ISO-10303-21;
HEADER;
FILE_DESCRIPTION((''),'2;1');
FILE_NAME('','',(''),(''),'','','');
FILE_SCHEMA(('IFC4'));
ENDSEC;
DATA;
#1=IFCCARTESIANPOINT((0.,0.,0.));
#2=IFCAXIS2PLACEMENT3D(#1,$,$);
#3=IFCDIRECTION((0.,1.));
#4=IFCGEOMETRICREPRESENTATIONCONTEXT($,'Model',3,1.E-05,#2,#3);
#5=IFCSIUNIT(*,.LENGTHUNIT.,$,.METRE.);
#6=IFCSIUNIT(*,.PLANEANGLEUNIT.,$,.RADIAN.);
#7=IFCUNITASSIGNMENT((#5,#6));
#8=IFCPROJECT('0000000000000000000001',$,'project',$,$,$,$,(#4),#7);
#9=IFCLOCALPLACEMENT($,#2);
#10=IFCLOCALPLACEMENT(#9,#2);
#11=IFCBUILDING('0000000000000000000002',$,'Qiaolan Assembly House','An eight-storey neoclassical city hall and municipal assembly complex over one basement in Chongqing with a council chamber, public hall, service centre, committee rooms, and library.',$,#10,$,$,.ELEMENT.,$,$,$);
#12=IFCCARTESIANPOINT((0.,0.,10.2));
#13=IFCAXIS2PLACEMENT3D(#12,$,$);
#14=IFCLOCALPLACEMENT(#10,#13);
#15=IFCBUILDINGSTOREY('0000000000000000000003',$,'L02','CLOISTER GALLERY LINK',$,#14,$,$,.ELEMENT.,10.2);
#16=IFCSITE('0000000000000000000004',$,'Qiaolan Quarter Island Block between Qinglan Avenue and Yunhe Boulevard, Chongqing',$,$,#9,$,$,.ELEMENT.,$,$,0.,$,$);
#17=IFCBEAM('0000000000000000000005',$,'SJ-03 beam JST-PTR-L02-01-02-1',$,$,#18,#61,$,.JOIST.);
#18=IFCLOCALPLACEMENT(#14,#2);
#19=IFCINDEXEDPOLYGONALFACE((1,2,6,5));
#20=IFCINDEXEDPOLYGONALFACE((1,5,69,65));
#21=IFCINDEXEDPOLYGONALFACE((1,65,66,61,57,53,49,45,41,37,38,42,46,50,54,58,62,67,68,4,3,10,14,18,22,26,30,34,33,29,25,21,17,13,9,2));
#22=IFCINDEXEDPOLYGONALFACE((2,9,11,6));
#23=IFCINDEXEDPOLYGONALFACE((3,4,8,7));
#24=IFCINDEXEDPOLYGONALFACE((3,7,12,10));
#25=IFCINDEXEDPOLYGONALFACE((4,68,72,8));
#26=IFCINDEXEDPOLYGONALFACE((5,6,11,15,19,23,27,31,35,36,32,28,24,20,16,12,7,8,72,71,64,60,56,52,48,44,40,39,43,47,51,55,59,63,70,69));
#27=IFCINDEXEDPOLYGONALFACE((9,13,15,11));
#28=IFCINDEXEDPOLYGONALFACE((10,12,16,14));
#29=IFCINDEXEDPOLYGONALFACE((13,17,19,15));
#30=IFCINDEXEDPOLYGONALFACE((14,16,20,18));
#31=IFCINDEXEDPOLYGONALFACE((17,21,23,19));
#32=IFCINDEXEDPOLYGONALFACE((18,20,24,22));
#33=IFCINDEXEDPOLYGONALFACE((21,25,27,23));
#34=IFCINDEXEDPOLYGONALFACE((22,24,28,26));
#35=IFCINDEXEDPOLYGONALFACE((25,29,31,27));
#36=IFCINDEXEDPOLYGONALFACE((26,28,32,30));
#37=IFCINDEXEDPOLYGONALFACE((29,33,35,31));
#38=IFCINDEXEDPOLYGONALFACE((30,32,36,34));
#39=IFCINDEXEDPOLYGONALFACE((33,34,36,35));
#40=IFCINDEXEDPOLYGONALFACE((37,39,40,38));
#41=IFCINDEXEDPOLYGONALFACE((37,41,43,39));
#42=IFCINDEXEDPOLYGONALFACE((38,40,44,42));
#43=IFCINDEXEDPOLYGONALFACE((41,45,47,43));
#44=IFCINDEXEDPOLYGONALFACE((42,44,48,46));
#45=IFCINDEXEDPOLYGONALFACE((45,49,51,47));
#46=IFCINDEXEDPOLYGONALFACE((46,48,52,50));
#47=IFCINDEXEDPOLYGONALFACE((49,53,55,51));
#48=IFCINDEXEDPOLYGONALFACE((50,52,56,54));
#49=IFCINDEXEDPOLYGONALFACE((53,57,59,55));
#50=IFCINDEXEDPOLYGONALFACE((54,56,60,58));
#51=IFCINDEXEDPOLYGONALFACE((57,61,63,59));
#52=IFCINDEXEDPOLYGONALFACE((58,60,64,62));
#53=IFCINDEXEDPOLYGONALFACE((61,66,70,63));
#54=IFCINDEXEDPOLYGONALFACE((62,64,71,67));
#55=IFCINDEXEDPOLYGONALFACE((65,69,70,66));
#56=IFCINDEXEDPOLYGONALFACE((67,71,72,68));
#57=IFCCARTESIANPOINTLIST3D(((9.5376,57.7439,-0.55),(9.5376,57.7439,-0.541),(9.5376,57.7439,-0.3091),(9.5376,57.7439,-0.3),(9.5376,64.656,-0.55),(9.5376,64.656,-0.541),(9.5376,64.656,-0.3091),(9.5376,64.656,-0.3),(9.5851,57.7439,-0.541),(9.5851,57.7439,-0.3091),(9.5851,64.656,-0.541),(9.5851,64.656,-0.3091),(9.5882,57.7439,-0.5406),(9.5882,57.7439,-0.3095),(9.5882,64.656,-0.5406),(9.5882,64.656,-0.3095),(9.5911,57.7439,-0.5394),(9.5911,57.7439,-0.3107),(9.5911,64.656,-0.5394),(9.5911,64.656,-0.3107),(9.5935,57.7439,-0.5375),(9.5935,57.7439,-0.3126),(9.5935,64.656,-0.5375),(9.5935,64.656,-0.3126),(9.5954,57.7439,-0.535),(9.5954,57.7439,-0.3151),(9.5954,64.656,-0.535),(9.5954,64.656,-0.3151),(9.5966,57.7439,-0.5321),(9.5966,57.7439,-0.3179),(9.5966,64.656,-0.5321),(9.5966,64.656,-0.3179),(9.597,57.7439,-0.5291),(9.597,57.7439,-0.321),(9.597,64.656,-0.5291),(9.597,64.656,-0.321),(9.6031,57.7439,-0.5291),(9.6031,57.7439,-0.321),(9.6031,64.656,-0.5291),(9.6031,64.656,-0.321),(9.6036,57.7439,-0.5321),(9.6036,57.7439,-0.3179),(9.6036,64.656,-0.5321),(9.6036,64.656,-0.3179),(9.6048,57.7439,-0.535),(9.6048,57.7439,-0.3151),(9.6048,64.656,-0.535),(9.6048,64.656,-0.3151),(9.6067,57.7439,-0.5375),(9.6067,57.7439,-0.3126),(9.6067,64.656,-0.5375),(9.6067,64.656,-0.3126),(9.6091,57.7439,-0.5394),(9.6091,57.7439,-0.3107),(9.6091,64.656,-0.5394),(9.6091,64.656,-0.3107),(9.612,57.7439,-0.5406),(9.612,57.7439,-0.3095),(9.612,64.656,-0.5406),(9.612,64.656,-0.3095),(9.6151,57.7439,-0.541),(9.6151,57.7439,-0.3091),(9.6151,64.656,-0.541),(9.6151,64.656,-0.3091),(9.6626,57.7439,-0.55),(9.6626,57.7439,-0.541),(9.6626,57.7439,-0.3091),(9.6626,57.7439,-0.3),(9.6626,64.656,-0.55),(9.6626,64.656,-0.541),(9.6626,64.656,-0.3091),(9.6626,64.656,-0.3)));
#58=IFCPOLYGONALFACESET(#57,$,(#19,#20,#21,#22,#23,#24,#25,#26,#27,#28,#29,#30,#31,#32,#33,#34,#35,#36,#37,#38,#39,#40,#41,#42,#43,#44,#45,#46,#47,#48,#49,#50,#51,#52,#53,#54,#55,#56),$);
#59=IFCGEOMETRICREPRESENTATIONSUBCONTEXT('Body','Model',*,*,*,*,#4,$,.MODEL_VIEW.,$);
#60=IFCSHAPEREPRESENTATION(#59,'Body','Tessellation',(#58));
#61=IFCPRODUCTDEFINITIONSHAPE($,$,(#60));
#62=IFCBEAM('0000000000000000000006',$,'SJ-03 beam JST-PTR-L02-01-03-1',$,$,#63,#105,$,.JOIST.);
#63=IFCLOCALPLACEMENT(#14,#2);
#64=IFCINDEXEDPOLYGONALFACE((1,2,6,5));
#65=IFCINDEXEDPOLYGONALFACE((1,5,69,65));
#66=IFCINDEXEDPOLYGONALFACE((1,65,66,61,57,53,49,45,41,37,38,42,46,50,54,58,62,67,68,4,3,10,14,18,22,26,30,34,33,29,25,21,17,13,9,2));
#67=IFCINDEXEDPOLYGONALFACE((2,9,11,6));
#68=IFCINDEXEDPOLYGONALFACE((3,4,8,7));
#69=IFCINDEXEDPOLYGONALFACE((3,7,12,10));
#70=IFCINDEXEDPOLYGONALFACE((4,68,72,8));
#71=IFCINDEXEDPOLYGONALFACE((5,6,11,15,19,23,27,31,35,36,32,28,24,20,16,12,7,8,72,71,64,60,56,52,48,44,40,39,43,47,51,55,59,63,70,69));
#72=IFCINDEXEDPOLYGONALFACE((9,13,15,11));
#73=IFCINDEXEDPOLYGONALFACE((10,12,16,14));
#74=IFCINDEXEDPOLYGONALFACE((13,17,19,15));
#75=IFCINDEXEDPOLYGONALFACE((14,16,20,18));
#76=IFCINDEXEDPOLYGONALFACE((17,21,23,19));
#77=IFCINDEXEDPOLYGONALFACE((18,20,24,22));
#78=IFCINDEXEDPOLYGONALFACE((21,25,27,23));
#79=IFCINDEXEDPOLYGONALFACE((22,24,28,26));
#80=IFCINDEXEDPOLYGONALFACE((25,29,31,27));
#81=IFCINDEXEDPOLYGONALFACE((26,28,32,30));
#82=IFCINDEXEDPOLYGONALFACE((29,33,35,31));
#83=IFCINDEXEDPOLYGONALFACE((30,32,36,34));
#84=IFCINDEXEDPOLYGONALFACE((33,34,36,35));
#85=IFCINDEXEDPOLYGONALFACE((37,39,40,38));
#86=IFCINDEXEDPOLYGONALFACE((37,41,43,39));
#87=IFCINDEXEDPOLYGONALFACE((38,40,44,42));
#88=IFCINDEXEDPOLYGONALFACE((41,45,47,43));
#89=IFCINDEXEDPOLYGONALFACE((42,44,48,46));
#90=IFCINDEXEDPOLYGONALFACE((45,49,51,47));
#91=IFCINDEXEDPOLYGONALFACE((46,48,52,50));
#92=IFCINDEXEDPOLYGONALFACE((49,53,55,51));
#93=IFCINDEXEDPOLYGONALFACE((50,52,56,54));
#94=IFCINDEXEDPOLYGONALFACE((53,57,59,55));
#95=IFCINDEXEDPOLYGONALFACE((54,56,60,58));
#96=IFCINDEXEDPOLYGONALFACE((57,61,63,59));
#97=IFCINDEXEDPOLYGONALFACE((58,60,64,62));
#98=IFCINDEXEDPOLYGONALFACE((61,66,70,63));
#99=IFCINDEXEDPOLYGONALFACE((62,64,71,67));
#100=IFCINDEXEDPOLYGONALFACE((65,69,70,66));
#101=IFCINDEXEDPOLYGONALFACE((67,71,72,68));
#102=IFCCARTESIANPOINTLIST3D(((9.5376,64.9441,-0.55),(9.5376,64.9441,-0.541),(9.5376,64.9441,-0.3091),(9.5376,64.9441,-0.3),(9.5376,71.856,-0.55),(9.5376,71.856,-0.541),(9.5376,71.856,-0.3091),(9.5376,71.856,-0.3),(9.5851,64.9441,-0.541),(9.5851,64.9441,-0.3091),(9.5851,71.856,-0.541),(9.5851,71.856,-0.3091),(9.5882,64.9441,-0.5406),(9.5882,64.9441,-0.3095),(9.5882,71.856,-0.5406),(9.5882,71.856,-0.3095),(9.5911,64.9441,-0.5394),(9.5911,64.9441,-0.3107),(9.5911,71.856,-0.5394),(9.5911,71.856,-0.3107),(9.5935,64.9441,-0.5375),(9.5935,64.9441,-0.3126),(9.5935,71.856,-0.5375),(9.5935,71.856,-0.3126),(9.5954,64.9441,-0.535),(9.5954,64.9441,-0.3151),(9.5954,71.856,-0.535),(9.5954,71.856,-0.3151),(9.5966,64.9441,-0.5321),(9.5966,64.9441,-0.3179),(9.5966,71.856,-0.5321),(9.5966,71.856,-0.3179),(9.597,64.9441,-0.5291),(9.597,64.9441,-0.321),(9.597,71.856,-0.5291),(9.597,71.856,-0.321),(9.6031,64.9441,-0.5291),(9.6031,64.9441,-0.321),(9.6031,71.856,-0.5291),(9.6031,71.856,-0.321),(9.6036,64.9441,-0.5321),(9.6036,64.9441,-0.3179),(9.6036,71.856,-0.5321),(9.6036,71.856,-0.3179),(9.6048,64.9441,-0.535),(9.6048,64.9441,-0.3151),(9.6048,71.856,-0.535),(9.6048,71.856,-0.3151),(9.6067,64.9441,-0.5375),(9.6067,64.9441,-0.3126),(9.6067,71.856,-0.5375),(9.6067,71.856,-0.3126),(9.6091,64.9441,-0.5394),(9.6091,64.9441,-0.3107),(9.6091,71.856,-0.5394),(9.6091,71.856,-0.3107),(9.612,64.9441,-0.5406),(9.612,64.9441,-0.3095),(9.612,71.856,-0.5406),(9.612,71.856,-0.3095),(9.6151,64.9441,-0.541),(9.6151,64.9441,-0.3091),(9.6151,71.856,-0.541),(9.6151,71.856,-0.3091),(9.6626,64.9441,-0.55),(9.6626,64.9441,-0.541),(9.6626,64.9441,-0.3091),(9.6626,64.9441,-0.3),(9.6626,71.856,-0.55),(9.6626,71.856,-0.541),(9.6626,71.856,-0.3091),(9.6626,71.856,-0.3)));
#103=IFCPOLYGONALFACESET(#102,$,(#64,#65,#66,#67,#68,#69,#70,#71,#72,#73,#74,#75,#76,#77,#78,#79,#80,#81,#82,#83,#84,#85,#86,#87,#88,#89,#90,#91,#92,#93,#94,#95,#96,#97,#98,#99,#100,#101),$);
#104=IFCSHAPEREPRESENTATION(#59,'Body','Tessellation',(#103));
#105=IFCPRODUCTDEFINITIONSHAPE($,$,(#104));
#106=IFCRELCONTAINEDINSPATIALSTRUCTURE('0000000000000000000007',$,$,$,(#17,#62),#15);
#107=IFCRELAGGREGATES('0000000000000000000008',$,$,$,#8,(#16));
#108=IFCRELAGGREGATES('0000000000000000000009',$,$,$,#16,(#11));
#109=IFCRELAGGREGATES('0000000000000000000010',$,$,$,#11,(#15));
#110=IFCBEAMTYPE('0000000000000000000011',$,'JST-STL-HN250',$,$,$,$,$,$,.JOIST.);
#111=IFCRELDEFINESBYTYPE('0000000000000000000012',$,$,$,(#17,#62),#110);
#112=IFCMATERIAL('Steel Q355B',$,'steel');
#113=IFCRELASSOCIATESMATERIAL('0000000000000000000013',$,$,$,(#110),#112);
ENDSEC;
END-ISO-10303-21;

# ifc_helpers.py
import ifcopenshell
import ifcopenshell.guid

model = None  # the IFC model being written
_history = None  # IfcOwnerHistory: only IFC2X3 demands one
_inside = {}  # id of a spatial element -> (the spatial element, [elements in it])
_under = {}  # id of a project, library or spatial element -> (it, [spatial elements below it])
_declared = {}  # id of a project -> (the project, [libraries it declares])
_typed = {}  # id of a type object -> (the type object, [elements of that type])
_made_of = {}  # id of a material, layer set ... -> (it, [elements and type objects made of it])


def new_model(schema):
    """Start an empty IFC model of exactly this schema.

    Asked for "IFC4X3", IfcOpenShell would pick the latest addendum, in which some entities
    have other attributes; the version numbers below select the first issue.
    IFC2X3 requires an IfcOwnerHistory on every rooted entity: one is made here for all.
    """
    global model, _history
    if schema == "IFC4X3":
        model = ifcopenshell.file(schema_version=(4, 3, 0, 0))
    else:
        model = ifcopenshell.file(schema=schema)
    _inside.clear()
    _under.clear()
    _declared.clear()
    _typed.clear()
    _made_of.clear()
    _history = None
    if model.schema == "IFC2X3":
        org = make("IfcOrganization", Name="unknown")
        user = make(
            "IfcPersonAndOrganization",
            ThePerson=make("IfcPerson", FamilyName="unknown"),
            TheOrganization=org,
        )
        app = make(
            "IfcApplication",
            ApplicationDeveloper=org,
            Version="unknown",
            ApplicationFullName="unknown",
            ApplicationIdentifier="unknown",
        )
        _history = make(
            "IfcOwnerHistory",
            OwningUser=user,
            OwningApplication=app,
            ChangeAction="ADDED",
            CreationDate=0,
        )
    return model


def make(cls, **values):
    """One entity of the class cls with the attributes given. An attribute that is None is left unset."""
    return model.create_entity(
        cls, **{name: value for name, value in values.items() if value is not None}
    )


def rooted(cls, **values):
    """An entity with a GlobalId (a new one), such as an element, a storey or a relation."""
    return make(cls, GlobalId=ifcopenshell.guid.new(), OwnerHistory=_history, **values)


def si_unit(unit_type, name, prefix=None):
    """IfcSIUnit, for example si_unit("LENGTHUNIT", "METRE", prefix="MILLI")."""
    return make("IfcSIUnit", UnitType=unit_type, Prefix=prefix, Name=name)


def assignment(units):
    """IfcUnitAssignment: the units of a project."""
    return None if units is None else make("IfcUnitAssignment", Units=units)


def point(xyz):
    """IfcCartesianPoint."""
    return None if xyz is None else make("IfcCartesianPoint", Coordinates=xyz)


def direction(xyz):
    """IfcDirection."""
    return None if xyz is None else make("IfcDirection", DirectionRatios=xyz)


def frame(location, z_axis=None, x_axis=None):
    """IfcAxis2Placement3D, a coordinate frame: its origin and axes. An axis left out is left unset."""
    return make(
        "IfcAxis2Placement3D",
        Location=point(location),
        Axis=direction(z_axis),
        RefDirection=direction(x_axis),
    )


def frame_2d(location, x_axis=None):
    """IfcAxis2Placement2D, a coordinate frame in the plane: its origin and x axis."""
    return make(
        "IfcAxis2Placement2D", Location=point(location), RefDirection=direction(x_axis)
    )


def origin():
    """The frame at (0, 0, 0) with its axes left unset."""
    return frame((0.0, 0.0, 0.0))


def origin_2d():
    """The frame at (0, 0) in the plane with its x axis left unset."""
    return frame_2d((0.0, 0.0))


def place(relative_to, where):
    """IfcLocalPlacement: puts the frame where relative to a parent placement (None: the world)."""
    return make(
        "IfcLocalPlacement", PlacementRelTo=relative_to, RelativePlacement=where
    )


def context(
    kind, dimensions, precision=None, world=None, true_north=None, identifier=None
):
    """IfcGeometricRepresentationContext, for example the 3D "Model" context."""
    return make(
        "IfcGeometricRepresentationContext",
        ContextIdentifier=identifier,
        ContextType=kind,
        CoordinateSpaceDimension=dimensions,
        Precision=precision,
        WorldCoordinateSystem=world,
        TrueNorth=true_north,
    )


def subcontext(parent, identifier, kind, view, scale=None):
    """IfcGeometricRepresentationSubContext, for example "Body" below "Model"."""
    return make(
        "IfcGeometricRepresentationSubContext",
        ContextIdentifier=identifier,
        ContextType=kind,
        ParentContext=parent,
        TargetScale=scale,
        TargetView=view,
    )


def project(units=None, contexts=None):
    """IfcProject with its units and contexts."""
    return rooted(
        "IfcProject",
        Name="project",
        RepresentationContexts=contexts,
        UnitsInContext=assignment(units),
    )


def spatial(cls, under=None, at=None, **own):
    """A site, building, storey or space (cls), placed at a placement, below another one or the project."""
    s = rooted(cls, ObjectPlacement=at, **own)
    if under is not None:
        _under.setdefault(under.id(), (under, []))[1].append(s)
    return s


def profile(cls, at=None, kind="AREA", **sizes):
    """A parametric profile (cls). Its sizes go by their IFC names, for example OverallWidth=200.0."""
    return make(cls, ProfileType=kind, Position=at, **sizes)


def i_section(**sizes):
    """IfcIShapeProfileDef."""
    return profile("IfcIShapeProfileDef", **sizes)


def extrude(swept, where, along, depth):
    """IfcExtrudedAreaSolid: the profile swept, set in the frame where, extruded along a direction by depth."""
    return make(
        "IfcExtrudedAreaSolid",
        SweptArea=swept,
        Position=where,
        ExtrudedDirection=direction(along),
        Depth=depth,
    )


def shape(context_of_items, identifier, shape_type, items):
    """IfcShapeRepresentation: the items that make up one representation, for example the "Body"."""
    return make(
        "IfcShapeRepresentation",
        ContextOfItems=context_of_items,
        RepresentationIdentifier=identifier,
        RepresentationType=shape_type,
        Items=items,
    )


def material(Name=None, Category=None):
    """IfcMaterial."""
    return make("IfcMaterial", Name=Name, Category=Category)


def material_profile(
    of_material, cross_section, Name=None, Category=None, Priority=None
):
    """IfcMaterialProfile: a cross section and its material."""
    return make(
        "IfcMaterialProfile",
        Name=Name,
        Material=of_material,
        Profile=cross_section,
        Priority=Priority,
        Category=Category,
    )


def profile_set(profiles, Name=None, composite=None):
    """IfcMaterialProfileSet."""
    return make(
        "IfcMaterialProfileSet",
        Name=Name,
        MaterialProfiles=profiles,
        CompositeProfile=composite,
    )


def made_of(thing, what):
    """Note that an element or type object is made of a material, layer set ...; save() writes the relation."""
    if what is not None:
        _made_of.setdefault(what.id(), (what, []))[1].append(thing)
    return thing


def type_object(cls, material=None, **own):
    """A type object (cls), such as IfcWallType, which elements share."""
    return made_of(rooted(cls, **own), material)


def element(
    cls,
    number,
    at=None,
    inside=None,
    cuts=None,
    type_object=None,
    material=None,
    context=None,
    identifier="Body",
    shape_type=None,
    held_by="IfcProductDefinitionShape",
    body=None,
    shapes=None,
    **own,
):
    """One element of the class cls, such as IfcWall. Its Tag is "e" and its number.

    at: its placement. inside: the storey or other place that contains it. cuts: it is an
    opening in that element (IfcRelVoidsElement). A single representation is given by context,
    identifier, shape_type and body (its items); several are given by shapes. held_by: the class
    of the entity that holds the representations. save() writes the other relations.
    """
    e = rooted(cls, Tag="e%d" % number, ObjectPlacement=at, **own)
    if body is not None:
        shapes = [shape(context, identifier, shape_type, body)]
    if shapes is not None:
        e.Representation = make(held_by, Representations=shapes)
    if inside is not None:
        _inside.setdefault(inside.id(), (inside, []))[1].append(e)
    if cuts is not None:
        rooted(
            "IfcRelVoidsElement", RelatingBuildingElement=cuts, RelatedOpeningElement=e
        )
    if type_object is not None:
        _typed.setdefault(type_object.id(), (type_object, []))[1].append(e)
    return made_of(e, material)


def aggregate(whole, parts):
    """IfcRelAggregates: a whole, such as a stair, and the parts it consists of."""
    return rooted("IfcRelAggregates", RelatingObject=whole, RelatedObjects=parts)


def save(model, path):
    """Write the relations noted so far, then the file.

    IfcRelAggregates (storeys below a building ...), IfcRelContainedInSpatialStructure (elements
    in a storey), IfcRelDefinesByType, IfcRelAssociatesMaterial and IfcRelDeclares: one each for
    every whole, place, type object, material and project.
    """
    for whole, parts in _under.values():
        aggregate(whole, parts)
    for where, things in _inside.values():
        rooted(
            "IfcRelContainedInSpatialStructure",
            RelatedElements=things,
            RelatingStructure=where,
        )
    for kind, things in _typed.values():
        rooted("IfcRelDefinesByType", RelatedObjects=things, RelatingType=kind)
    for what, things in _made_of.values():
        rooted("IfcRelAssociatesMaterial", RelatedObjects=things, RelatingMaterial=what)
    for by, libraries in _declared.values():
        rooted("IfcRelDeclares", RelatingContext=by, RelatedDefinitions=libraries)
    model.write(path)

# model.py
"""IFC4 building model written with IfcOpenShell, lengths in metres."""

from ifc_helpers import new_model, si_unit, direction, frame, origin, origin_2d, place, context, subcontext, project, spatial, i_section, extrude, material, material_profile, profile_set, type_object, element, save


model = new_model("IFC4")

# Units and contexts
model_context = context("Model", 3, precision=1e-05, world=origin(), true_north=direction((0.0, 1.0)))
body_context = subcontext(model_context, "Body", "Model", "MODEL_VIEW")
ifc_project = project(units=[si_unit("LENGTHUNIT", "METRE"), si_unit("PLANEANGLEUNIT", "RADIAN")], contexts=[model_context])

# Site, building, storey
site_placement = place(None, origin())
site = spatial("IfcSite", under=ifc_project, at=site_placement, Name="Qiaolan Quarter Island Block between Qinglan Avenue and Yunhe Boulevard, Chongqing", CompositionType="ELEMENT", RefElevation=0.0)
building_placement = place(site_placement, origin())
building = spatial("IfcBuilding", under=site, at=building_placement, Name="Qiaolan Assembly House", Description="An eight-storey neoclassical city hall and municipal assembly complex over one basement in Chongqing with a council chamber, public hall, service centre, committee rooms, and library.", CompositionType="ELEMENT")
storey_placement = place(building_placement, frame((0.0, 0.0, 10.2)))
storey = spatial("IfcBuildingStorey", under=building, at=storey_placement, Name="L02", Description="CLOISTER GALLERY LINK", CompositionType="ELEMENT", Elevation=10.2)

# Beams
ifc_material = material(Name="Steel Q355B", Category="steel")
ifc_material_profile_1 = material_profile(ifc_material, i_section(OverallWidth=0.125, OverallDepth=0.25, WebThickness=0.0061, FlangeThickness=0.009, FilletRadius=0.012, at=origin_2d()), Name="HN 250x125x6x9")
ifc_profile_set_1 = profile_set([ifc_material_profile_1], Name="Steel Q355B")
beam_type_1 = type_object("IfcBeamType", Name="JST-STL-HN250", PredefinedType="JOIST", material=ifc_profile_set_1)
for number, where, z_axis, x_axis, name in (
    (1, (9.6001, 57.7439, -0.425), (0.0, 1.0, 0.0), (-1.0, 0.0, 0.0), "SJ-03 beam JST-PTR-L02-01-02-1"),
):
    element("IfcBeam", number, at=place(storey_placement, frame(where, z_axis=z_axis, x_axis=x_axis)), inside=storey, type_object=beam_type_1, Name=name, PredefinedType="JOIST", context=body_context, shape_type="SweptSolid", body=[
        extrude(i_section(OverallWidth=0.125, OverallDepth=0.25, WebThickness=0.0061, FlangeThickness=0.009, FilletRadius=0.012, at=origin_2d()), origin(), (0.0, 0.0, 1.0), 6.9121),
    ])
beam_1_placement = place(storey_placement, frame((9.6001, 64.9441, -0.425), z_axis=(0.0, 1.0, 0.0), x_axis=(-1.0, 0.0, 0.0)))
element("IfcBeam", 2, at=beam_1_placement, inside=storey, type_object=beam_type_1, Name="SJ-03 beam JST-PTR-L02-01-03-1", PredefinedType="JOIST", context=body_context, shape_type="SweptSolid", body=[
    extrude(i_section(OverallWidth=0.125, OverallDepth=0.25, WebThickness=0.0061, FlangeThickness=0.009, FilletRadius=0.012, at=origin_2d()), origin(), (0.0, 0.0, 1.0), 6.9119),
])

save(model, "model.ifc")
